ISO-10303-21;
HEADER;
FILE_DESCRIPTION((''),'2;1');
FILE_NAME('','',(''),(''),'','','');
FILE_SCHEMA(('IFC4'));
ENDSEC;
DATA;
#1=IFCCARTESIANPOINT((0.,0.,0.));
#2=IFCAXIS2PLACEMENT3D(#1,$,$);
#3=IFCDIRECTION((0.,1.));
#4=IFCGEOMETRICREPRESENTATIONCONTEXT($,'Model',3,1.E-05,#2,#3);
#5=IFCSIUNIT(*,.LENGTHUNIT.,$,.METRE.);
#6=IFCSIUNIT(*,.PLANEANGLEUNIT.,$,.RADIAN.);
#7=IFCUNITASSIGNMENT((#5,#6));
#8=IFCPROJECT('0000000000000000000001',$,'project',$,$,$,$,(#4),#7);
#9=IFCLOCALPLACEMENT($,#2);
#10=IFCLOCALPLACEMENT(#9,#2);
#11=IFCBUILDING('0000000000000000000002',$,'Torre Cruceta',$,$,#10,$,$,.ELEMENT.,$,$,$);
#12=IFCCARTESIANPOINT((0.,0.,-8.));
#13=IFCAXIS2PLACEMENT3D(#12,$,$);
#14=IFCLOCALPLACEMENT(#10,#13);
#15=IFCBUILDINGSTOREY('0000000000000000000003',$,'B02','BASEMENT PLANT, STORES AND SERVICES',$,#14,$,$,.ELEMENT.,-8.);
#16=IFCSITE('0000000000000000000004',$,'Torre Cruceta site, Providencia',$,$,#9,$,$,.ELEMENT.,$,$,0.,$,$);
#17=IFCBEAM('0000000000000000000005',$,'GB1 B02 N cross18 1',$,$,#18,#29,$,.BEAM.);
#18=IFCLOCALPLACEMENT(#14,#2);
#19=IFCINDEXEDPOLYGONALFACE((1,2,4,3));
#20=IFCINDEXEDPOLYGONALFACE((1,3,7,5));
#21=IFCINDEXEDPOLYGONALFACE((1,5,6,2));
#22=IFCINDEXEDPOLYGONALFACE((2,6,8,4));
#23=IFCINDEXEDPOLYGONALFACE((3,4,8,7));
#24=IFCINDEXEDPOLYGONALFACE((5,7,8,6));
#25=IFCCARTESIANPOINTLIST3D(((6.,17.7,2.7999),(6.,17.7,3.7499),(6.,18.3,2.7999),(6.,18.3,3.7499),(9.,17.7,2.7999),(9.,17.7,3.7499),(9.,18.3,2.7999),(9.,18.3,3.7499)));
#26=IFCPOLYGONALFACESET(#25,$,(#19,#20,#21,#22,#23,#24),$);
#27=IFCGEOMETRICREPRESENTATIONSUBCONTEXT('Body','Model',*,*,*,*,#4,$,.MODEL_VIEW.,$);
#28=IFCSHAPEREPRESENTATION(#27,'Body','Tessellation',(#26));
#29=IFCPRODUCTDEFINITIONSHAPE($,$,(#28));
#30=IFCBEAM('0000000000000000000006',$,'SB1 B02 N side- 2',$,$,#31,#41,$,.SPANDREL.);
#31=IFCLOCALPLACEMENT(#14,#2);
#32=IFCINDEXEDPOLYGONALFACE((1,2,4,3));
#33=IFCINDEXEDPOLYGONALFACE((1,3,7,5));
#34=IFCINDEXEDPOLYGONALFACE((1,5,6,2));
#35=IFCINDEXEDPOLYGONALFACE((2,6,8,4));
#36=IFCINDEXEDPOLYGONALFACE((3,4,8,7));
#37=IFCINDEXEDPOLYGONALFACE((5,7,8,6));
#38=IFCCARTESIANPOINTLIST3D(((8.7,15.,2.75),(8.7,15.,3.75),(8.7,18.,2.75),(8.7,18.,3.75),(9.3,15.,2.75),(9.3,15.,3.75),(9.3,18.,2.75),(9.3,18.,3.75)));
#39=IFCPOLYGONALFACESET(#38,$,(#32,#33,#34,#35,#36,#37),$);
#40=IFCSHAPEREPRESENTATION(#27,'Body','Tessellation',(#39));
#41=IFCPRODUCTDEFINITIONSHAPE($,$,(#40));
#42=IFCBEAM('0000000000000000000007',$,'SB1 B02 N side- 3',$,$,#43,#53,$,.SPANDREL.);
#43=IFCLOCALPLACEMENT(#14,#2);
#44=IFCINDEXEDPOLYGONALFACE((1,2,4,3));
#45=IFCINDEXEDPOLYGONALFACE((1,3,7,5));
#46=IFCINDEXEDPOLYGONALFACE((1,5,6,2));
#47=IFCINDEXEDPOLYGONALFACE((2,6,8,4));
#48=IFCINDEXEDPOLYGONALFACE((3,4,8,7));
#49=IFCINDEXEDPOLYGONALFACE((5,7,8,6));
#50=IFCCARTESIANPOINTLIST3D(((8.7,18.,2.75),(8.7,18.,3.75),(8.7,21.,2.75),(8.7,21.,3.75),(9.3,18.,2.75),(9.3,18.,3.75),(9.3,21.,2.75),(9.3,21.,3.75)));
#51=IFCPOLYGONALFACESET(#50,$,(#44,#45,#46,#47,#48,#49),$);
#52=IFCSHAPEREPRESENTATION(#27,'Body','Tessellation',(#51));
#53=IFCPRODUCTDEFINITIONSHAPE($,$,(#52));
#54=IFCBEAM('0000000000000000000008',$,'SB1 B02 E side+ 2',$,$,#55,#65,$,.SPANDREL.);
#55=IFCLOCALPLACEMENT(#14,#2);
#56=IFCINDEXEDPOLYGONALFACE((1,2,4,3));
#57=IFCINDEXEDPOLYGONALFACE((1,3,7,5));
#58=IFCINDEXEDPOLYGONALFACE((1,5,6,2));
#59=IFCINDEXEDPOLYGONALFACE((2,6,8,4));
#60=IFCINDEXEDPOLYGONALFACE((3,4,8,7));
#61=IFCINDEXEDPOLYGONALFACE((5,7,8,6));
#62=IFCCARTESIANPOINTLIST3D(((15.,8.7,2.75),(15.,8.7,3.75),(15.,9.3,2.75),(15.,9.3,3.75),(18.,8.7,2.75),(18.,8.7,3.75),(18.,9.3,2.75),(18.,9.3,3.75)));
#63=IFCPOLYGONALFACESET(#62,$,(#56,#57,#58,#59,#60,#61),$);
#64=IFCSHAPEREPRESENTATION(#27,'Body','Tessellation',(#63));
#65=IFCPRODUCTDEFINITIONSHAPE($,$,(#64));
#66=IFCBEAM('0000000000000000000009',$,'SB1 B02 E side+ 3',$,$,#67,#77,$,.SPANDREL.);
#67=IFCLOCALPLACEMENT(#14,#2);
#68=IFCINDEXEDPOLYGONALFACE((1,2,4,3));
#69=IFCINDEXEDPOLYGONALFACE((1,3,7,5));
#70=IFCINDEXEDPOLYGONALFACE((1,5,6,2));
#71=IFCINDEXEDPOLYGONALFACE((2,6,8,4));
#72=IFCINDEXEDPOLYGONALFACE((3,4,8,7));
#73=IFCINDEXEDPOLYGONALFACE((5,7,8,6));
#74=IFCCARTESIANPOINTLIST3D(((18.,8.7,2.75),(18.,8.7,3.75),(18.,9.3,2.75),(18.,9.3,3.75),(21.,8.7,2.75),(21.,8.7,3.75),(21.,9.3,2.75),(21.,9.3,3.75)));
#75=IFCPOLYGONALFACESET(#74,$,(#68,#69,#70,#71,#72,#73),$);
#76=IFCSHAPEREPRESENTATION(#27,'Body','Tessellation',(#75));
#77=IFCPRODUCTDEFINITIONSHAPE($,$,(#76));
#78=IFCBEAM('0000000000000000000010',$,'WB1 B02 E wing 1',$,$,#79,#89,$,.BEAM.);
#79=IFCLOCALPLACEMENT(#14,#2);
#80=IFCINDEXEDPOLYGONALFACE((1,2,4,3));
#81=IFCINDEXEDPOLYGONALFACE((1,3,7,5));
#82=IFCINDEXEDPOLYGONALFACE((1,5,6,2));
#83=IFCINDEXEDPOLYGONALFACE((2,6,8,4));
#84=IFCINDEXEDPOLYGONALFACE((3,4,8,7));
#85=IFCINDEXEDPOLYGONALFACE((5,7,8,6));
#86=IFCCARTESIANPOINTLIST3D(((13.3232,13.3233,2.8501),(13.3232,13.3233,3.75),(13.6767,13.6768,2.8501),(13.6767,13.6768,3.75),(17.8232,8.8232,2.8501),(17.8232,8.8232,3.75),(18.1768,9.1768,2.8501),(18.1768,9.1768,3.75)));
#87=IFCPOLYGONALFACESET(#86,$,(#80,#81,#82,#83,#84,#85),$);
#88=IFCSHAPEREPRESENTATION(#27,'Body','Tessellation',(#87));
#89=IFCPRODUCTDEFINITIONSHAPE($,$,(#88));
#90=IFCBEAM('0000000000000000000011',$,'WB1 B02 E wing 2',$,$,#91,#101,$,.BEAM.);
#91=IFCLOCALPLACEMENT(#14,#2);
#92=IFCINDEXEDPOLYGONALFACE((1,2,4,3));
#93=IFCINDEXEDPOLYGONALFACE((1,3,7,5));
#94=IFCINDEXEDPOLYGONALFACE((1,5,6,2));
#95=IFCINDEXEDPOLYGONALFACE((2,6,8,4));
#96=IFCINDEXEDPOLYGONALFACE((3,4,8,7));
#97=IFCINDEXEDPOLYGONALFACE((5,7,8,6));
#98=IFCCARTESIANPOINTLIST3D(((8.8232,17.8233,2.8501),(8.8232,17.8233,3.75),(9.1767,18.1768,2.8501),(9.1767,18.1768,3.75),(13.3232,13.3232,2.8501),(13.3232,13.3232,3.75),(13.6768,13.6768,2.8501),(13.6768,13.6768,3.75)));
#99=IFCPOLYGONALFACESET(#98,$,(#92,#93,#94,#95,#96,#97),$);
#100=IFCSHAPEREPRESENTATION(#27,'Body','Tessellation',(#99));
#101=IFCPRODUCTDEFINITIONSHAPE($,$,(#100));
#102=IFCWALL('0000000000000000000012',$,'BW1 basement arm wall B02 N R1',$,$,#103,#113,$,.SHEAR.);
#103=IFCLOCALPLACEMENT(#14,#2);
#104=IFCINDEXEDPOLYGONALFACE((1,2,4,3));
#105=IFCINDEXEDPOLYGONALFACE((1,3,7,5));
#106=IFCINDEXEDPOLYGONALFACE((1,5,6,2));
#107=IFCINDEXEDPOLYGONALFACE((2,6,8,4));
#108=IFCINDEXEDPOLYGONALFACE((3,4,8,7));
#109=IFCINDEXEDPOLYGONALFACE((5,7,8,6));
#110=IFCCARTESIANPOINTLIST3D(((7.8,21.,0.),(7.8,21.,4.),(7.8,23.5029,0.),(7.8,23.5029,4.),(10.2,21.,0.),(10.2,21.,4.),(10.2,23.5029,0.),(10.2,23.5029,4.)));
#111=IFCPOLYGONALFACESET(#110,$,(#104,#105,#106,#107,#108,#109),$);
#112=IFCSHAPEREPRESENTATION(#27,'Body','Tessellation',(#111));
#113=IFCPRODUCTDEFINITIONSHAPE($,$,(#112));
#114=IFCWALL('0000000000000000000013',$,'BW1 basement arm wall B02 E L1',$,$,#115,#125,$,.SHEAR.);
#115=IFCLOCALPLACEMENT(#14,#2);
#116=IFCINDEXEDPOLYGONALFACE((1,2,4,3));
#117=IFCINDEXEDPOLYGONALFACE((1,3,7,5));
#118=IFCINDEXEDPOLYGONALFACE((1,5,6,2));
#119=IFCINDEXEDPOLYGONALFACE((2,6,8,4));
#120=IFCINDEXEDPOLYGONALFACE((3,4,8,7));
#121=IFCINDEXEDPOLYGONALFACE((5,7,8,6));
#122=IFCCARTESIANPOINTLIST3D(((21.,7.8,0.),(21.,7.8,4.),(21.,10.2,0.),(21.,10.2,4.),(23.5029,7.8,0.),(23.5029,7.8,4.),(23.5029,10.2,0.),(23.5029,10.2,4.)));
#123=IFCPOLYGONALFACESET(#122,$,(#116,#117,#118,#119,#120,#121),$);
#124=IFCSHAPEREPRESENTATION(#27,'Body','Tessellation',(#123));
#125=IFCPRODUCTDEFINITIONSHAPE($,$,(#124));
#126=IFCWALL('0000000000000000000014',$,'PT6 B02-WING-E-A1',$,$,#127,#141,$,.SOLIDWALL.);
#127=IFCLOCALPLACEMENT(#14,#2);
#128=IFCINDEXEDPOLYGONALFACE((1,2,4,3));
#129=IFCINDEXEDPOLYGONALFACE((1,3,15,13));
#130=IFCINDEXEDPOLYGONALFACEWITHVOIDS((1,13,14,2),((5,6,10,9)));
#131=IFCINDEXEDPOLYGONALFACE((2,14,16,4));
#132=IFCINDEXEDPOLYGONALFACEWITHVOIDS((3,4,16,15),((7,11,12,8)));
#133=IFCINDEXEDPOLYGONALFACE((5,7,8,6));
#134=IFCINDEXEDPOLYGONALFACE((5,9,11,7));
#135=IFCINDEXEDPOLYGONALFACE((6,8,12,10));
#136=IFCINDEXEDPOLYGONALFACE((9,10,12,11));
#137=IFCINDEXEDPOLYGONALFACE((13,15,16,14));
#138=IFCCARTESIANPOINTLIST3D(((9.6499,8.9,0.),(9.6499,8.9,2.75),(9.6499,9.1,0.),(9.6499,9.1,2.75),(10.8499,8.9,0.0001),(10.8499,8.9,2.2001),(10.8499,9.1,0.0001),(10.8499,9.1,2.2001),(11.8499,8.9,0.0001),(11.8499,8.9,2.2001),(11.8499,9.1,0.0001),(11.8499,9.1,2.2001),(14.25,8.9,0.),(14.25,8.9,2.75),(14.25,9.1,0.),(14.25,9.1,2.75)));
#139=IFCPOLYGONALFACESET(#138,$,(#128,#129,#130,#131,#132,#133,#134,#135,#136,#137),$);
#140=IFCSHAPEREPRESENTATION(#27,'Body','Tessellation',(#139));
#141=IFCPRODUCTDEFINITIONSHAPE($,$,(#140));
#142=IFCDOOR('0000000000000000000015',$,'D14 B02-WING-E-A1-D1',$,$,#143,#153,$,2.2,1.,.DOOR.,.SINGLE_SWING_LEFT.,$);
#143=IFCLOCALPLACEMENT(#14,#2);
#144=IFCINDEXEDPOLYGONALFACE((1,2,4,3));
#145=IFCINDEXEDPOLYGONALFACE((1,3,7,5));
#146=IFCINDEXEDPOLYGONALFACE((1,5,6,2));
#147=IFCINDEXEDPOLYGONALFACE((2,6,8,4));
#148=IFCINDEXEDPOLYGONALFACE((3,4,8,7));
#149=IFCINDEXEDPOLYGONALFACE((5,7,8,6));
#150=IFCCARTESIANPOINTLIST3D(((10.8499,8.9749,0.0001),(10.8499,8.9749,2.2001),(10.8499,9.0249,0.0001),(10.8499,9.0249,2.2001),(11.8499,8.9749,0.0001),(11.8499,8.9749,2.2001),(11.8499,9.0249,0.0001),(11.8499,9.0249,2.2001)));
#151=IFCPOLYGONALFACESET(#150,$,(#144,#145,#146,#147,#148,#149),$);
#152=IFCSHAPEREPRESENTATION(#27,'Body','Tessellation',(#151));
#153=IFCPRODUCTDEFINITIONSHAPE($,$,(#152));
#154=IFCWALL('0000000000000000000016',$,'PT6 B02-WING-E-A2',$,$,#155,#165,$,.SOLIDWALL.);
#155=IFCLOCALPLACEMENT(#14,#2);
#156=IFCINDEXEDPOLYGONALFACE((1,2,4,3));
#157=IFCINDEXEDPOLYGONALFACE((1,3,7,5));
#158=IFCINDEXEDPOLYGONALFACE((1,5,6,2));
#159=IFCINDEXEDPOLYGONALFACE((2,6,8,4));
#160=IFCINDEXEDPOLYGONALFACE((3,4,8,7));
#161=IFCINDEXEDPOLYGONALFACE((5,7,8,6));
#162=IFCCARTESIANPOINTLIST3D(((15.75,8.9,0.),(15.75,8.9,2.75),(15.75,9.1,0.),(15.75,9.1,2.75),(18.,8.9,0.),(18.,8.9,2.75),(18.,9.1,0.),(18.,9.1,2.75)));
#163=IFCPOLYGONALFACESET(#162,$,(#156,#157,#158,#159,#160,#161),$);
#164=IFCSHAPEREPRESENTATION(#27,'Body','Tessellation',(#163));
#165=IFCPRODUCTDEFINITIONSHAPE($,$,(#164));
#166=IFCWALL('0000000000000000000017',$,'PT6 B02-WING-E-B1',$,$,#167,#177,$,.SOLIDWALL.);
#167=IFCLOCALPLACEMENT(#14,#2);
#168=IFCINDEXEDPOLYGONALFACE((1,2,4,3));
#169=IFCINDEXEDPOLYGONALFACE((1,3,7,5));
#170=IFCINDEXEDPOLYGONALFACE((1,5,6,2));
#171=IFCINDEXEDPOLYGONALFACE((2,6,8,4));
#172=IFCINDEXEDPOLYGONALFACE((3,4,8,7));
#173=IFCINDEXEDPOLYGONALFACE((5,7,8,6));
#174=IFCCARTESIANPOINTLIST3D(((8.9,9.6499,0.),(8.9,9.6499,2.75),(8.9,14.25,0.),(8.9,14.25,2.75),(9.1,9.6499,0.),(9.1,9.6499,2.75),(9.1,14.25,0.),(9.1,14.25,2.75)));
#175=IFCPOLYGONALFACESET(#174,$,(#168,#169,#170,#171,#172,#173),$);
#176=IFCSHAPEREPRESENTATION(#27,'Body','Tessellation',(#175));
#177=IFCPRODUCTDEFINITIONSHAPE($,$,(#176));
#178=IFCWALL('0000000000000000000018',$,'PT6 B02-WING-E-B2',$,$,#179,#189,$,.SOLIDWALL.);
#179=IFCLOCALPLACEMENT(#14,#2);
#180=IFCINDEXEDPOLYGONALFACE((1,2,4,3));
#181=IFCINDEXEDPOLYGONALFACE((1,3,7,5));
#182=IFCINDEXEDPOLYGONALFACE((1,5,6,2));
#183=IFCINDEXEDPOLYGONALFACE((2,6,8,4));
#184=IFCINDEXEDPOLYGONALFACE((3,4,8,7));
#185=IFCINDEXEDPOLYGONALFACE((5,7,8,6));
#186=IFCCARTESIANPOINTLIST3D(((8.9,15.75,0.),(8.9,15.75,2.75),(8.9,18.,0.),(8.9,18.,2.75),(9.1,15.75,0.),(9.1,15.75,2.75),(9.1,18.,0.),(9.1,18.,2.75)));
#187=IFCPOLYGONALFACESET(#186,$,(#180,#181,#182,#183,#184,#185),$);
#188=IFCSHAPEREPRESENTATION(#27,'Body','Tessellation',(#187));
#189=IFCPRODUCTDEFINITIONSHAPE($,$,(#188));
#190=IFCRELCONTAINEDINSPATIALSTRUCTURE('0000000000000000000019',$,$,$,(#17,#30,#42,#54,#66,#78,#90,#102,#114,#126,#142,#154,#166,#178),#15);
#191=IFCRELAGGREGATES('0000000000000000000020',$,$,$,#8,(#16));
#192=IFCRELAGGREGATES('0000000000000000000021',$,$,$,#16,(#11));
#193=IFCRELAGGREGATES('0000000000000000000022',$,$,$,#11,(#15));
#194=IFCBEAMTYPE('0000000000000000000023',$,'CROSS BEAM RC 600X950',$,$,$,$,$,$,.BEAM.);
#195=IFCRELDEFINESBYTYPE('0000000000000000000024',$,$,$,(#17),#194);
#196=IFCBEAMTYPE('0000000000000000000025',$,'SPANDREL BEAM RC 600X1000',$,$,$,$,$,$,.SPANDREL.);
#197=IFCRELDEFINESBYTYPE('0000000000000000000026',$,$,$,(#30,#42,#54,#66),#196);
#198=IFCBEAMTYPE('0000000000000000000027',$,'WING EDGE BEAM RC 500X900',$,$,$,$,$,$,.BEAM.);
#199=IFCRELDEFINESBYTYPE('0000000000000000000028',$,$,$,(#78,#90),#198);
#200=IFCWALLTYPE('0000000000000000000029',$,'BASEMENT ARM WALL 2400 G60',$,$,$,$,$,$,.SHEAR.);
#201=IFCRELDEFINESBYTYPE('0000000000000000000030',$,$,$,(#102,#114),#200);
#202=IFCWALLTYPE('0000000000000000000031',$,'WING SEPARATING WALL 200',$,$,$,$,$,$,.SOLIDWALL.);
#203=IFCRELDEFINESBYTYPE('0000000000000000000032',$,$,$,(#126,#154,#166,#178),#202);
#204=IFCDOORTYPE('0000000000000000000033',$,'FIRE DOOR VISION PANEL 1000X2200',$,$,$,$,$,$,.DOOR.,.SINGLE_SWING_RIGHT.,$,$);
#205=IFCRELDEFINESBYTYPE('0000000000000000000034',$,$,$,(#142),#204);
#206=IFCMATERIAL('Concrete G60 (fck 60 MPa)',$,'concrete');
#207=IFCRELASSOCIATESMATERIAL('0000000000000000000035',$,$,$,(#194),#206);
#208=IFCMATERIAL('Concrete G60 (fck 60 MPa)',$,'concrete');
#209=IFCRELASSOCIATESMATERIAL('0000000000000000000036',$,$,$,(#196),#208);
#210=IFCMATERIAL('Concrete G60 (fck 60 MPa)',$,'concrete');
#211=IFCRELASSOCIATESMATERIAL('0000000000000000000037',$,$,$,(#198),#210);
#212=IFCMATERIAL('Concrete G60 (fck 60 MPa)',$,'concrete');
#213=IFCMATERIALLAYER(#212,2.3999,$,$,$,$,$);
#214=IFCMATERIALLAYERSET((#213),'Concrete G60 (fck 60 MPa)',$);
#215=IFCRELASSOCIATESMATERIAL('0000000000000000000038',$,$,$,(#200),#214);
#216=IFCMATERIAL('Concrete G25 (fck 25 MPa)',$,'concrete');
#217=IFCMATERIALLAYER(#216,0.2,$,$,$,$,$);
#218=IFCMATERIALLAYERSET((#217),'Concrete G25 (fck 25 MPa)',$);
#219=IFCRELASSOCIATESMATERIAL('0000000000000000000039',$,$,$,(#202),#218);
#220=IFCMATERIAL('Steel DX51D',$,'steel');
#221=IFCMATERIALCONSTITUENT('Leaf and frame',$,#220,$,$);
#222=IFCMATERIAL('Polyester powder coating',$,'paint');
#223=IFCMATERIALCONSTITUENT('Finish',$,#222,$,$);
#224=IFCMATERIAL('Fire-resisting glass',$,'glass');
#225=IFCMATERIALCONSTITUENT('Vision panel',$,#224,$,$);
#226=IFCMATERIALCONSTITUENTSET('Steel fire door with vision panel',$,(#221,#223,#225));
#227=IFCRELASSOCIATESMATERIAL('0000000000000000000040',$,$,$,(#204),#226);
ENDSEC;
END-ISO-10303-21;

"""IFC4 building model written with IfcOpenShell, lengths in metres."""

from ifc_helpers import new_model, si_unit, direction, frame, frame_2d, origin, origin_2d, place, context, subcontext, project, spatial, rectangle, extrude, material, layer, layer_set, constituent, constituent_set, material_profile, profile_set, type_object, element, fill, save


model = new_model("IFC4")

# Units and contexts
model_context = context("Model", 3, precision=1e-05, world=origin(), true_north=direction((0.0, 1.0)))
body_context = subcontext(model_context, "Body", "Model", "MODEL_VIEW")
ifc_project = project(units=[si_unit("LENGTHUNIT", "METRE"), si_unit("PLANEANGLEUNIT", "RADIAN")], contexts=[model_context])

# Site, building, storey
site_placement = place(None, origin())
site = spatial("IfcSite", under=ifc_project, at=site_placement, Name="Torre Cruceta site, Providencia", CompositionType="ELEMENT", RefElevation=0.0)
building_placement = place(site_placement, origin())
building = spatial("IfcBuilding", under=site, at=building_placement, Name="Torre Cruceta", CompositionType="ELEMENT")
storey_placement = place(building_placement, frame((0.0, 0.0, -8.0)))
storey = spatial("IfcBuildingStorey", under=building, at=storey_placement, Name="B02", Description="BASEMENT PLANT, STORES AND SERVICES", CompositionType="ELEMENT", Elevation=-8.0)

# Beams
ifc_material_1 = material(Name="Concrete G60 (fck 60 MPa)", Category="concrete")
ifc_material_profile_1 = material_profile(ifc_material_1, rectangle(XDim=0.6001, YDim=0.95, at=origin_2d()), Name="RC 600X950")
ifc_profile_set_1 = profile_set([ifc_material_profile_1], Name="Concrete G60 (fck 60 MPa)")
beam_type_1 = type_object("IfcBeamType", Name="CROSS BEAM RC 600X950", PredefinedType="BEAM", material=ifc_profile_set_1)
for number, where, z_axis, x_axis, name in (
    (1, (9.0, 18.0, 3.2749), (-1.0, 0.0, 0.0), (0.0, -1.0, 0.0), "GB1 B02 N cross18 1"),
):
    element("IfcBeam", number, at=place(storey_placement, frame(where, z_axis=z_axis, x_axis=x_axis)), inside=storey, type_object=beam_type_1, Name=name, PredefinedType="BEAM", context=body_context, shape_type="SweptSolid", body=[
        extrude(rectangle(XDim=0.6001, YDim=0.95, at=origin_2d()), origin(), (0.0, 0.0, 1.0), 3.0),
    ])
ifc_material_2 = material(Name="Concrete G60 (fck 60 MPa)", Category="concrete")
ifc_material_profile_2 = material_profile(ifc_material_2, rectangle(XDim=0.6001, YDim=1.0, at=origin_2d()), Name="RC 600X1000")
ifc_profile_set_2 = profile_set([ifc_material_profile_2], Name="Concrete G60 (fck 60 MPa)")
beam_type_2 = type_object("IfcBeamType", Name="SPANDREL BEAM RC 600X1000", PredefinedType="SPANDREL", material=ifc_profile_set_2)
for number, where, z_axis, x_axis, name in (
    (2, (9.0, 15.0, 3.25), (0.0, 1.0, 0.0), (-1.0, 0.0, 0.0), "SB1 B02 N side- 2"),
    (3, (9.0, 18.0, 3.25), (0.0, 1.0, 0.0), (-1.0, 0.0, 0.0), "SB1 B02 N side- 3"),
    (4, (15.0, 9.0, 3.25), (1.0, 0.0, 0.0), (0.0, 1.0, 0.0), "SB1 B02 E side+ 2"),
    (5, (18.0, 9.0, 3.25), (1.0, 0.0, 0.0), (0.0, 1.0, 0.0), "SB1 B02 E side+ 3"),
):
    element("IfcBeam", number, at=place(storey_placement, frame(where, z_axis=z_axis, x_axis=x_axis)), inside=storey, type_object=beam_type_2, Name=name, PredefinedType="SPANDREL", context=body_context, shape_type="SweptSolid", body=[
        extrude(rectangle(XDim=0.6001, YDim=1.0, at=origin_2d()), origin(), (0.0, 0.0, 1.0), 3.0),
    ])
ifc_material_3 = material(Name="Concrete G60 (fck 60 MPa)", Category="concrete")
ifc_material_profile_3 = material_profile(ifc_material_3, rectangle(XDim=0.5, YDim=0.8999, at=origin_2d()), Name="RC 500X900")
ifc_profile_set_3 = profile_set([ifc_material_profile_3], Name="Concrete G60 (fck 60 MPa)")
beam_type_3 = type_object("IfcBeamType", Name="WING EDGE BEAM RC 500X900", PredefinedType="BEAM", material=ifc_profile_set_3)
for number, where, z_axis, x_axis, name in (
    (6, (18.0, 9.0, 3.3), (-0.707107, 0.707107, 0.0), (-0.707107, -0.707107, 0.0), "WB1 B02 E wing 1"),
    (7, (13.5, 13.5, 3.3), (-0.707107, 0.707107, 0.0), (-0.707107, -0.707107, 0.0), "WB1 B02 E wing 2"),
):
    element("IfcBeam", number, at=place(storey_placement, frame(where, z_axis=z_axis, x_axis=x_axis)), inside=storey, type_object=beam_type_3, Name=name, PredefinedType="BEAM", context=body_context, shape_type="SweptSolid", body=[
        extrude(rectangle(XDim=0.5, YDim=0.8999, at=origin_2d()), origin(), (0.0, 0.0, 1.0), 6.364),
    ])

# Walls
ifc_material_4 = material(Name="Concrete G60 (fck 60 MPa)", Category="concrete")
ifc_layer_1 = layer(ifc_material_4, 2.3999)
ifc_layer_set_1 = layer_set([ifc_layer_1], Name="Concrete G60 (fck 60 MPa)")
wall_type_1 = type_object("IfcWallType", Name="BASEMENT ARM WALL 2400 G60", PredefinedType="SHEAR", material=ifc_layer_set_1)
for number, where, z_axis, x_axis, name in (
    (8, (9.0, 21.0, 0.0), (0.0, 0.0, 1.0), (0.0, 1.0, 0.0), "BW1 basement arm wall B02 N R1"),
    (9, (21.0, 9.0, 0.0), (0.0, 0.0, 1.0), (1.0, 0.0, 0.0), "BW1 basement arm wall B02 E L1"),
):
    element("IfcWall", number, at=place(storey_placement, frame(where, z_axis=z_axis, x_axis=x_axis)), inside=storey, type_object=wall_type_1, Name=name, PredefinedType="SHEAR", context=body_context, shape_type="SweptSolid", body=[
        extrude(rectangle(XDim=2.5029, YDim=2.3999, at=frame_2d((1.2515, 0.0))), origin(), (0.0, 0.0, 1.0), 4.0),
    ])

# Wall, opening, door
ifc_material_5 = material(Name="Concrete G25 (fck 25 MPa)", Category="concrete")
ifc_layer_2 = layer(ifc_material_5, 0.2)
ifc_layer_set_2 = layer_set([ifc_layer_2], Name="Concrete G25 (fck 25 MPa)")
wall_type_2 = type_object("IfcWallType", Name="WING SEPARATING WALL 200", PredefinedType="SOLIDWALL", material=ifc_layer_set_2)
wall_1_placement = place(storey_placement, frame((9.6499, 9.0, 0.0), z_axis=(0.0, 0.0, 1.0), x_axis=(1.0, 0.0, 0.0)))
wall_1 = element("IfcWall", 10, at=wall_1_placement, inside=storey, type_object=wall_type_2, Name="PT6 B02-WING-E-A1", PredefinedType="SOLIDWALL", context=body_context, shape_type="SweptSolid", body=[
    extrude(rectangle(XDim=4.6001, YDim=0.2, at=frame_2d((2.3, 0.0))), origin(), (0.0, 0.0, 1.0), 2.75),
])
opening_placement = place(wall_1_placement, frame((1.2, 0.0, 0.0)))
opening = element("IfcOpeningElement", 11, at=opening_placement, cuts=wall_1, PredefinedType="OPENING", context=body_context, shape_type="SweptSolid", body=[
    extrude(rectangle(XDim=1.0, YDim=2.2, at=frame_2d((0.5, 1.1001))), frame((0.0, 0.1099, 0.0), z_axis=(0.0, -1.0, 0.0), x_axis=(1.0, 0.0, 0.0)), (0.0, 0.0, 1.0), 0.22),
])
ifc_material_6 = material(Name="Steel DX51D", Category="steel")
ifc_constituent_1 = constituent(ifc_material_6, Name="Leaf and frame")
ifc_material_7 = material(Name="Polyester powder coating", Category="paint")
ifc_constituent_2 = constituent(ifc_material_7, Name="Finish")
ifc_material_8 = material(Name="Fire-resisting glass", Category="glass")
ifc_constituent_3 = constituent(ifc_material_8, Name="Vision panel")
ifc_constituent_set = constituent_set(constituents=[ifc_constituent_1, ifc_constituent_2, ifc_constituent_3], Name="Steel fire door with vision panel")
door_type = type_object("IfcDoorType", Name="FIRE DOOR VISION PANEL 1000X2200", OperationType="SINGLE_SWING_RIGHT", PredefinedType="DOOR", material=ifc_constituent_set)
door_placement = place(opening_placement, origin())
door = element("IfcDoor", 12, at=door_placement, inside=storey, type_object=door_type, Name="D14 B02-WING-E-A1-D1", OperationType="SINGLE_SWING_LEFT", OverallHeight=2.2, OverallWidth=1.0, PredefinedType="DOOR", context=body_context, shape_type="SweptSolid", body=[
    extrude(rectangle(XDim=1.0, YDim=2.2, at=frame_2d((0.5, 1.1001))), frame((0.0, 0.0249, 0.0), z_axis=(0.0, -1.0, 0.0), x_axis=(1.0, 0.0, 0.0)), (0.0, 0.0, 1.0), 0.05),
])
fill(opening, door)

# Walls
wall_2_placement = place(storey_placement, frame((15.75, 9.0, 0.0), z_axis=(0.0, 0.0, 1.0), x_axis=(1.0, 0.0, 0.0)))
element("IfcWall", 13, at=wall_2_placement, inside=storey, type_object=wall_type_2, Name="PT6 B02-WING-E-A2", PredefinedType="SOLIDWALL", context=body_context, shape_type="SweptSolid", body=[
    extrude(rectangle(XDim=2.25, YDim=0.2, at=frame_2d((1.125, 0.0))), origin(), (0.0, 0.0, 1.0), 2.75),
])
wall_3_placement = place(storey_placement, frame((9.0, 14.25, 0.0), z_axis=(0.0, 0.0, 1.0), x_axis=(0.0, -1.0, 0.0)))
element("IfcWall", 14, at=wall_3_placement, inside=storey, type_object=wall_type_2, Name="PT6 B02-WING-E-B1", PredefinedType="SOLIDWALL", context=body_context, shape_type="SweptSolid", body=[
    extrude(rectangle(XDim=4.6001, YDim=0.2, at=frame_2d((2.3, 0.0))), origin(), (0.0, 0.0, 1.0), 2.75),
])
wall_4_placement = place(storey_placement, frame((9.0, 18.0, 0.0), z_axis=(0.0, 0.0, 1.0), x_axis=(0.0, -1.0, 0.0)))
element("IfcWall", 15, at=wall_4_placement, inside=storey, type_object=wall_type_2, Name="PT6 B02-WING-E-B2", PredefinedType="SOLIDWALL", context=body_context, shape_type="SweptSolid", body=[
    extrude(rectangle(XDim=2.25, YDim=0.2, at=frame_2d((1.125, 0.0))), origin(), (0.0, 0.0, 1.0), 2.75),
])

save(model, "model.ifc")
